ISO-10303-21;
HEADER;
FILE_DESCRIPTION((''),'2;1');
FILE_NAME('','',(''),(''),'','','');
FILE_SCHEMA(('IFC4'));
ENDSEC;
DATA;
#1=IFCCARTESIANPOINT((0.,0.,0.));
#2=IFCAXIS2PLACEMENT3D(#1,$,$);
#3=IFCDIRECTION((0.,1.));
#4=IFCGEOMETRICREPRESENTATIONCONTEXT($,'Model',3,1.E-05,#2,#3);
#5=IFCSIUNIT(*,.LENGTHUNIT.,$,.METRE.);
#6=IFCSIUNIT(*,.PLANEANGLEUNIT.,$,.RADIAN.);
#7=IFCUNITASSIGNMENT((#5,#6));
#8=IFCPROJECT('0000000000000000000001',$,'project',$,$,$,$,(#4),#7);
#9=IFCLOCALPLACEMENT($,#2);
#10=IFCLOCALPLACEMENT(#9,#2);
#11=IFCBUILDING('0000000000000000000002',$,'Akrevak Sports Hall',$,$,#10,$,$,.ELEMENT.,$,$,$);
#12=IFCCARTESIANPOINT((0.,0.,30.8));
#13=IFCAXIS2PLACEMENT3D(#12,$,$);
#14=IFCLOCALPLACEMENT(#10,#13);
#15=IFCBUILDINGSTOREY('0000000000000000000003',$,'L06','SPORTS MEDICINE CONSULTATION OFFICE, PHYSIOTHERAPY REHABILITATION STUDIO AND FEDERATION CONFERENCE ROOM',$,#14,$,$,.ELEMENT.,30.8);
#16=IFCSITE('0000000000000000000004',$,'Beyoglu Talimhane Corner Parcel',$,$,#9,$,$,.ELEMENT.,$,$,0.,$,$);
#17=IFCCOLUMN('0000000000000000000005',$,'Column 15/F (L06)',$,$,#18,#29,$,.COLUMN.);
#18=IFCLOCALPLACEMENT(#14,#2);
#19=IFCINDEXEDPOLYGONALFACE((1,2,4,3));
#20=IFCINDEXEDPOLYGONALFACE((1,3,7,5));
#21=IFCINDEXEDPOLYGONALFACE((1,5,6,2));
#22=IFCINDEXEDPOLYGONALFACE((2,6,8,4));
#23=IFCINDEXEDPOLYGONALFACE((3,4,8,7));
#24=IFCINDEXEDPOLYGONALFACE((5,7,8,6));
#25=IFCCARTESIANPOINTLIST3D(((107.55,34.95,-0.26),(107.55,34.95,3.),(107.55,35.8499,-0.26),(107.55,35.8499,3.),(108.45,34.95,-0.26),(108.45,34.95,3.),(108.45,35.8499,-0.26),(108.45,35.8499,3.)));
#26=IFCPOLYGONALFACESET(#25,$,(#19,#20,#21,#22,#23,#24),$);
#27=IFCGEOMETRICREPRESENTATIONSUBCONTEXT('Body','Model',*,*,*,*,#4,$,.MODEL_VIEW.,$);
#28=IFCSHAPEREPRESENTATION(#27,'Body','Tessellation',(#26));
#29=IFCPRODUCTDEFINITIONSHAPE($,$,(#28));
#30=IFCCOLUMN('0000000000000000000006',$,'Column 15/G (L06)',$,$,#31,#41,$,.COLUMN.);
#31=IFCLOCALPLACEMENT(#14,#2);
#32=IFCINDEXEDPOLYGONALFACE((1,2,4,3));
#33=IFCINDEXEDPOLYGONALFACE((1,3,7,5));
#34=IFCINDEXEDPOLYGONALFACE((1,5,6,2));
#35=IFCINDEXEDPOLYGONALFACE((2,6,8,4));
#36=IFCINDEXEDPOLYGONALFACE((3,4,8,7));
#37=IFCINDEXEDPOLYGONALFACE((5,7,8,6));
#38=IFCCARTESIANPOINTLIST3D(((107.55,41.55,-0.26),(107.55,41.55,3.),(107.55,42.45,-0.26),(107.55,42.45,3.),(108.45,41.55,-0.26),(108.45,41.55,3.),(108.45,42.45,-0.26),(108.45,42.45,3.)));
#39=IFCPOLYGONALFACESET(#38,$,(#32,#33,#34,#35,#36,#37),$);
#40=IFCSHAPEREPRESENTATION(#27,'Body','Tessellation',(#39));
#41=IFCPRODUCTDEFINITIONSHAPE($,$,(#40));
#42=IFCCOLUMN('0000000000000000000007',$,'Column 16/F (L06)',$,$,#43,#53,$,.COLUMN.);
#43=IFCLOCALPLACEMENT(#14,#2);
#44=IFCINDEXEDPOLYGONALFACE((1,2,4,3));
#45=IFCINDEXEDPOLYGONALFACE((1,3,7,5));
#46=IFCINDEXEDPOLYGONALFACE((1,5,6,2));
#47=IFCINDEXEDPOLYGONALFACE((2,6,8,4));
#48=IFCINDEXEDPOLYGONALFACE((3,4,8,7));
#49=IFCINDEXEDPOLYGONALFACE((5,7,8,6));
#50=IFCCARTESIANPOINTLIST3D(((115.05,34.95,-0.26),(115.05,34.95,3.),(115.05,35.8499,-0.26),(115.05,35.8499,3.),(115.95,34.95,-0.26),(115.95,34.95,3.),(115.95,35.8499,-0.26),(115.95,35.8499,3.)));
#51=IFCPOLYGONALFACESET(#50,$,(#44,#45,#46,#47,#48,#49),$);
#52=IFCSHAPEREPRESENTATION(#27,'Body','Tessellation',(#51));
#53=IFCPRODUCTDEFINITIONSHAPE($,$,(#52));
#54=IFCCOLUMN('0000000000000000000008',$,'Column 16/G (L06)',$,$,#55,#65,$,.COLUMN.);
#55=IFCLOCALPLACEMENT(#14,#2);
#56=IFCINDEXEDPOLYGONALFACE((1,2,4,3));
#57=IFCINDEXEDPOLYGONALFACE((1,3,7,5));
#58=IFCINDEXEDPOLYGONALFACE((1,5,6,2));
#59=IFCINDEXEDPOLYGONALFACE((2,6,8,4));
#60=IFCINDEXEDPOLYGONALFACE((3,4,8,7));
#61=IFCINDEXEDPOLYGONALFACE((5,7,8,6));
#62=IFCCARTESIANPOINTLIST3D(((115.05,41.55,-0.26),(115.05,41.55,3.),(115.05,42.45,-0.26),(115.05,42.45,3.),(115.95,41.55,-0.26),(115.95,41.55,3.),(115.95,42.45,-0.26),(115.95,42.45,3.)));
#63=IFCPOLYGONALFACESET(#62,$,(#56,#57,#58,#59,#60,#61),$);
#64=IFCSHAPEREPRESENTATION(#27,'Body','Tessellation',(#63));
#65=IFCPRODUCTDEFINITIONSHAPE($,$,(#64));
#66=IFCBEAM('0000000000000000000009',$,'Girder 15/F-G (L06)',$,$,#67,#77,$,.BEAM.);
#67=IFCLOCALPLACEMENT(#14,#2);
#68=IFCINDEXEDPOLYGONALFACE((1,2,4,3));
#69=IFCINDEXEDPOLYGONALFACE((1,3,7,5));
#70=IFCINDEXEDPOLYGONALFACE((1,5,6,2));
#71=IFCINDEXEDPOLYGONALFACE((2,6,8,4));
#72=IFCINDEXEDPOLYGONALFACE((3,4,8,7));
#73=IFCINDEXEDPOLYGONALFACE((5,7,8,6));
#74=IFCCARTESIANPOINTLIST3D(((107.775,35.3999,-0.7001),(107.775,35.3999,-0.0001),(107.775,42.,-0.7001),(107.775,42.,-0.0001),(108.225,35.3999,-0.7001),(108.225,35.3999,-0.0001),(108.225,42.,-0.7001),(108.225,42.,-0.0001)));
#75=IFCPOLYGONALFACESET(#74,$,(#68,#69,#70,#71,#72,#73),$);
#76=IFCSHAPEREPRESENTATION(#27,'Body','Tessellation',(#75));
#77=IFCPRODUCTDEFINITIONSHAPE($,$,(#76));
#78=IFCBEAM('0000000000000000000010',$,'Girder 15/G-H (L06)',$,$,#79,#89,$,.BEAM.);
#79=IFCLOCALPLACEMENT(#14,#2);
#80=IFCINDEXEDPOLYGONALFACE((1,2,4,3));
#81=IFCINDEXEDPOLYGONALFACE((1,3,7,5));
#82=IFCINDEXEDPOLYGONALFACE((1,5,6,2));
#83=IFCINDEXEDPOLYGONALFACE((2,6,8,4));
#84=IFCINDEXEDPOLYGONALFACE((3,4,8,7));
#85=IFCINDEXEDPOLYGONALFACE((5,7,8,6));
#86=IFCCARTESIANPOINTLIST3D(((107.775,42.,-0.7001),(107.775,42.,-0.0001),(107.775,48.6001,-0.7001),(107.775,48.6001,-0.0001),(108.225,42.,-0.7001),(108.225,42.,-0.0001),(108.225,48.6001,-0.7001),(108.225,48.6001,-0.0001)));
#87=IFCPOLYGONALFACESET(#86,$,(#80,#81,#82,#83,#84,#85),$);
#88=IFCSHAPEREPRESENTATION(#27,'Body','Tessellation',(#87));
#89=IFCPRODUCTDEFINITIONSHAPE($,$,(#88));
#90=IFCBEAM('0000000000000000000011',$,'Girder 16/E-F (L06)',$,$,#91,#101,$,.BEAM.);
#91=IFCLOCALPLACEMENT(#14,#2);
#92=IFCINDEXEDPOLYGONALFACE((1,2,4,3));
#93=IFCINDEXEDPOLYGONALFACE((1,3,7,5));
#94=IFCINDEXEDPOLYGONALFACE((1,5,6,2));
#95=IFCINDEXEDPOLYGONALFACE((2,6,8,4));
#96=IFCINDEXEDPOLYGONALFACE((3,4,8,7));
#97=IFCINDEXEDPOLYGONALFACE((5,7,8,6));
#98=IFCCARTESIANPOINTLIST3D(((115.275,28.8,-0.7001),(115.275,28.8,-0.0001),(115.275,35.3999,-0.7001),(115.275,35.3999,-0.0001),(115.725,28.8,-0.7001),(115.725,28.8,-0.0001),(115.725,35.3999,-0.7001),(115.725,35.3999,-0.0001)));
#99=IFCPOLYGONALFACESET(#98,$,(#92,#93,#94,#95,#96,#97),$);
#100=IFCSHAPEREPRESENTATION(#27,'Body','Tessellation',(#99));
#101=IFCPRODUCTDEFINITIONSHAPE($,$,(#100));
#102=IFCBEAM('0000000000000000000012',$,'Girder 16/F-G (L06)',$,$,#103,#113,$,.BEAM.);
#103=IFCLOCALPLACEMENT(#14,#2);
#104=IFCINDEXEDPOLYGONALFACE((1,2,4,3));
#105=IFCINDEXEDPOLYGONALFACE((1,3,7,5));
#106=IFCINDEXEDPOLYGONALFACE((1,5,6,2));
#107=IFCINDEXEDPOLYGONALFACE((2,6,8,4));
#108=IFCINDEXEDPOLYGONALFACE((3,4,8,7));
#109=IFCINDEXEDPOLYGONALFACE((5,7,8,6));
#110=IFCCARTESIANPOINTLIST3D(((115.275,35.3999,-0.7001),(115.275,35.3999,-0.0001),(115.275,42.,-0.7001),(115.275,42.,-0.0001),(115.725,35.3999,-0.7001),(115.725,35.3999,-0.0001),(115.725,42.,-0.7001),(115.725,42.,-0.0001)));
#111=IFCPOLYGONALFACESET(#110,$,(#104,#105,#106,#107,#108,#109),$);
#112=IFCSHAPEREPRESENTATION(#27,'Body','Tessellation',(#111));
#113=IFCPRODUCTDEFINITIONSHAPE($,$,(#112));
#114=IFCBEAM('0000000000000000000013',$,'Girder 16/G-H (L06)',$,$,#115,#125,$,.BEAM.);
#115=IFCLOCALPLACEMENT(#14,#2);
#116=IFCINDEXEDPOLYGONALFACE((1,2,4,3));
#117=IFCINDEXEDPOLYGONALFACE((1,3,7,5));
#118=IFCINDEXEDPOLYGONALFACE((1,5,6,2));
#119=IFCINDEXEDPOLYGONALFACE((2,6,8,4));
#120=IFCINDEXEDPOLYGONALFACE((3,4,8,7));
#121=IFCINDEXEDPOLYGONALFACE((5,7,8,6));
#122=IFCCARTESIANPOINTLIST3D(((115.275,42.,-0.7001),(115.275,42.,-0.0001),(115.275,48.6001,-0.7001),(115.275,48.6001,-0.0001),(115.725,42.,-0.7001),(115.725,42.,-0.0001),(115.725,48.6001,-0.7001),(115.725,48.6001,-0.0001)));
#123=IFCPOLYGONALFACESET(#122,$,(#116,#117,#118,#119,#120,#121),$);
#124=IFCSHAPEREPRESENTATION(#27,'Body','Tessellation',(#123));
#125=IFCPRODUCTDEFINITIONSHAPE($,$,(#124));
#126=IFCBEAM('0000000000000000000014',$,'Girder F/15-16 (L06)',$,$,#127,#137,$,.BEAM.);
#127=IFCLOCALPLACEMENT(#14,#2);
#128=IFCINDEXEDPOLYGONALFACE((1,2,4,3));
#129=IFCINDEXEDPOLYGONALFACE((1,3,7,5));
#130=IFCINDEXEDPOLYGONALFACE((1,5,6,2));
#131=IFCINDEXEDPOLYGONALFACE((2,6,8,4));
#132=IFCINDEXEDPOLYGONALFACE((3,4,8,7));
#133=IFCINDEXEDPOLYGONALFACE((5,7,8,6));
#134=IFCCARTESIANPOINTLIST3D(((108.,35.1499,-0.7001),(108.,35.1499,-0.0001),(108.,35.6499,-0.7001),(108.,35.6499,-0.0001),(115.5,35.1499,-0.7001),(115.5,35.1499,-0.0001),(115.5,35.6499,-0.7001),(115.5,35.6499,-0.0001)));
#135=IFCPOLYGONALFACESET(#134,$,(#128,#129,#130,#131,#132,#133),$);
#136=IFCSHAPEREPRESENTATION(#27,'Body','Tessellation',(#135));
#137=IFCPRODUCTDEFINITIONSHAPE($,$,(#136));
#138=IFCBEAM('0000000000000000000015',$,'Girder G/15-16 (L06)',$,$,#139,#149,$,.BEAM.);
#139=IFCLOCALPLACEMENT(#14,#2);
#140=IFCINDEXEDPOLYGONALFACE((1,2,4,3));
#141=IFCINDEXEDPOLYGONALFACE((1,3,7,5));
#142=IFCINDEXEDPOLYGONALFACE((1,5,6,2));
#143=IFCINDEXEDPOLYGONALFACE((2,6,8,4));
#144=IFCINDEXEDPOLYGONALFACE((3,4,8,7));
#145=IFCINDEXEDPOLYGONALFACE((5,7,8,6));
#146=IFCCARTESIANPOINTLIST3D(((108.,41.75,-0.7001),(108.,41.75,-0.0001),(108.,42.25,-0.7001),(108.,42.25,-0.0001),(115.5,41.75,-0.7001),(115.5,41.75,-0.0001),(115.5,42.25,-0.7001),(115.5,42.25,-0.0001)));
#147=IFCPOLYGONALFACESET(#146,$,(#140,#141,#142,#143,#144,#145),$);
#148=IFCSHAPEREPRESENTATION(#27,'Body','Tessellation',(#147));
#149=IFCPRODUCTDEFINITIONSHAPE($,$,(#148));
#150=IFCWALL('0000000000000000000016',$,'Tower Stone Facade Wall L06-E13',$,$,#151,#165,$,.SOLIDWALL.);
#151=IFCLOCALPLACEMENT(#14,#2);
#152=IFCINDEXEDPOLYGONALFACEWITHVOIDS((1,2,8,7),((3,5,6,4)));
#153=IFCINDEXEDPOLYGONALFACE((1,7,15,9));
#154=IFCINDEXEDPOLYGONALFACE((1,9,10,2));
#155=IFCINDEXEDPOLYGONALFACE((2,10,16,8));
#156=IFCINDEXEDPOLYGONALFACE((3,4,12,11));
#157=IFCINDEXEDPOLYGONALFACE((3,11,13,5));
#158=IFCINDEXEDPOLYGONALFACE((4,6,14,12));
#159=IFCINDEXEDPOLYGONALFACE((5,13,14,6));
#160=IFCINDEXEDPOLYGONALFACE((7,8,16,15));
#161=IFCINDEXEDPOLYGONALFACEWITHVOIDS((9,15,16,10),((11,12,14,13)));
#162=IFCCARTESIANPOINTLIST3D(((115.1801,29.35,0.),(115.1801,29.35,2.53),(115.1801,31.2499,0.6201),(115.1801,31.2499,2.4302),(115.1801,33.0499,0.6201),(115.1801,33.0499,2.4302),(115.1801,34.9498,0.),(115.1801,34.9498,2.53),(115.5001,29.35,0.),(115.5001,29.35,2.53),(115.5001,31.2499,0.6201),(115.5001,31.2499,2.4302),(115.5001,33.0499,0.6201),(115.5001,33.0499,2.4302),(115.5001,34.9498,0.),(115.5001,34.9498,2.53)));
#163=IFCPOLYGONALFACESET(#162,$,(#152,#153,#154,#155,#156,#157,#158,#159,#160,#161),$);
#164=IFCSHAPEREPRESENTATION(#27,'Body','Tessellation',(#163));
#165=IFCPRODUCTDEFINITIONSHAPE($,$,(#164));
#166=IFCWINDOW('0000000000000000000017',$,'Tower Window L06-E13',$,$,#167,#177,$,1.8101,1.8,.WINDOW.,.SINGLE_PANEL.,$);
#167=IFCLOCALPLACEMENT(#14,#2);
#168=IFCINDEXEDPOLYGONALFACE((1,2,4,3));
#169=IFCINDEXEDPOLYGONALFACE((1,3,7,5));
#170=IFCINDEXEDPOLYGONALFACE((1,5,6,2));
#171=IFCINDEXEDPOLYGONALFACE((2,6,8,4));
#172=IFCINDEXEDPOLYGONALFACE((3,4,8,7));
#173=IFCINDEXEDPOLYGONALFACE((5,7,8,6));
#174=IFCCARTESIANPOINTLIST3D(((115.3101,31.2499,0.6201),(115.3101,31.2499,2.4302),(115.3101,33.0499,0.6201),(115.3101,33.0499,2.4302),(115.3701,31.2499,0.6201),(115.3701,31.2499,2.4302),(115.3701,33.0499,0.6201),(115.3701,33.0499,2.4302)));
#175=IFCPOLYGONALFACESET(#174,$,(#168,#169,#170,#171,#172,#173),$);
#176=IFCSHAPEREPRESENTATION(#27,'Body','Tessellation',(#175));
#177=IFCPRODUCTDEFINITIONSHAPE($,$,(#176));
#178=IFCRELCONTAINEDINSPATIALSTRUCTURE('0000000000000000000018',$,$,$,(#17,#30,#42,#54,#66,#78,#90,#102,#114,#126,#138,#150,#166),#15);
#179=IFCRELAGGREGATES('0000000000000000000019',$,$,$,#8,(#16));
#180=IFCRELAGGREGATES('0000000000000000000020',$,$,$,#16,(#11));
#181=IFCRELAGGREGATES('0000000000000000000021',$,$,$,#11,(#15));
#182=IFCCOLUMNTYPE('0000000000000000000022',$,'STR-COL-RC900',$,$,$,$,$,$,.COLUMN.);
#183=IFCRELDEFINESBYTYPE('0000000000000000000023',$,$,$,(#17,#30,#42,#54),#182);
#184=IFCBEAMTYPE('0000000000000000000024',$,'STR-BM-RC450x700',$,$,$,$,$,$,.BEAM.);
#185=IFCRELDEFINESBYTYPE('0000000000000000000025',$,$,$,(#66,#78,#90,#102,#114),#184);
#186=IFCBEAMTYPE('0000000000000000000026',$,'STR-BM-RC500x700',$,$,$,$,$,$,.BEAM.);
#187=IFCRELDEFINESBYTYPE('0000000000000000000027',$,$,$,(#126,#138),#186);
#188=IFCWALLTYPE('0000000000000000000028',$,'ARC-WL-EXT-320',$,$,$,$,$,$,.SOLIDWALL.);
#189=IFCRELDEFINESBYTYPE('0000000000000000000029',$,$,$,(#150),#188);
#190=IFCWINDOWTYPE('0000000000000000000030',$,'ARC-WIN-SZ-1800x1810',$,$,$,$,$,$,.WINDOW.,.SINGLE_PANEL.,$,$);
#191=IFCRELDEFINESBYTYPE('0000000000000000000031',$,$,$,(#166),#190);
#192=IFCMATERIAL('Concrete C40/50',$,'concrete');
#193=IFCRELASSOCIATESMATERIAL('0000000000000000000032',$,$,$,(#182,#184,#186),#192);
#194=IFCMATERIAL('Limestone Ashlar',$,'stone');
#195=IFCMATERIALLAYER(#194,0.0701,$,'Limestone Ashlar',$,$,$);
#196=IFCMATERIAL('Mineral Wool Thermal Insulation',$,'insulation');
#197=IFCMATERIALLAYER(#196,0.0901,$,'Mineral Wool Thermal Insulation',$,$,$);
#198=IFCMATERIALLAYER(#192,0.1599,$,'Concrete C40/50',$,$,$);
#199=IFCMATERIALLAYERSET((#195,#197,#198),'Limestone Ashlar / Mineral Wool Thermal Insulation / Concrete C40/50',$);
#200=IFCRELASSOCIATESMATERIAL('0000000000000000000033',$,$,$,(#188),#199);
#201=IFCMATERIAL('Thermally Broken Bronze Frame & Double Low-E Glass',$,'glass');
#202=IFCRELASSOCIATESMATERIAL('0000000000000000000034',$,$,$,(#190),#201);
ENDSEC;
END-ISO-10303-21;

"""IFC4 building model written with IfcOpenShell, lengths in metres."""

from ifc_helpers import new_model, si_unit, direction, frame, frame_2d, origin, origin_2d, place, context, subcontext, project, spatial, rectangle, extrude, material, layer, layer_set, material_profile, profile_set, type_object, element, fill, save


model = new_model("IFC4")

# Units and contexts
model_context = context("Model", 3, precision=1e-05, world=origin(), true_north=direction((0.0, 1.0)))
body_context = subcontext(model_context, "Body", "Model", "MODEL_VIEW")
ifc_project = project(units=[si_unit("LENGTHUNIT", "METRE"), si_unit("PLANEANGLEUNIT", "RADIAN")], contexts=[model_context])

# Site, building, storey
site_placement = place(None, origin())
site = spatial("IfcSite", under=ifc_project, at=site_placement, Name="Beyoglu Talimhane Corner Parcel", CompositionType="ELEMENT", RefElevation=0.0)
building_placement = place(site_placement, origin())
building = spatial("IfcBuilding", under=site, at=building_placement, Name="Akrevak Sports Hall", CompositionType="ELEMENT")
storey_placement = place(building_placement, frame((0.0, 0.0, 30.8)))
storey = spatial("IfcBuildingStorey", under=building, at=storey_placement, Name="L06", Description="SPORTS MEDICINE CONSULTATION OFFICE, PHYSIOTHERAPY REHABILITATION STUDIO AND FEDERATION CONFERENCE ROOM", CompositionType="ELEMENT", Elevation=30.8)

# Columns
ifc_material_1 = material(Name="Concrete C40/50", Category="concrete")
ifc_material_profile_1 = material_profile(ifc_material_1, rectangle(XDim=0.8999, YDim=0.8999, at=origin_2d()), Name="RC 900x900", Category="concrete")
ifc_profile_set_1 = profile_set([ifc_material_profile_1], Name="Concrete C40/50")
column_type = type_object("IfcColumnType", Name="STR-COL-RC900", PredefinedType="COLUMN", material=ifc_profile_set_1)
for number, where, z_axis, x_axis, name in (
    (1, (108.0, 35.3999, -0.26), (0.0, 0.0, 1.0), (1.0, 0.0, 0.0), "Column 15/F (L06)"),
    (2, (108.0, 42.0, -0.26), (0.0, 0.0, 1.0), (1.0, 0.0, 0.0), "Column 15/G (L06)"),
    (3, (115.5, 35.3999, -0.26), (0.0, 0.0, 1.0), (1.0, 0.0, 0.0), "Column 16/F (L06)"),
    (4, (115.5, 42.0, -0.26), (0.0, 0.0, 1.0), (1.0, 0.0, 0.0), "Column 16/G (L06)"),
):
    element("IfcColumn", number, at=place(storey_placement, frame(where, z_axis=z_axis, x_axis=x_axis)), inside=storey, type_object=column_type, Name=name, PredefinedType="COLUMN", context=body_context, shape_type="SweptSolid", body=[
        extrude(rectangle(XDim=0.8999, YDim=0.8999, at=origin_2d()), origin(), (0.0, 0.0, 1.0), 3.26),
    ])

# Beams
ifc_material_profile_2 = material_profile(ifc_material_1, rectangle(XDim=0.45, YDim=0.7, at=origin_2d()), Name="BM 450x700", Category="concrete")
ifc_profile_set_2 = profile_set([ifc_material_profile_2], Name="Concrete C40/50")
beam_type_1 = type_object("IfcBeamType", Name="STR-BM-RC450x700", PredefinedType="BEAM", material=ifc_profile_set_2)
for number, where, z_axis, x_axis, name in (
    (5, (108.0, 35.3999, -0.3501), (0.0, 1.0, 0.0), (-1.0, 0.0, 0.0), "Girder 15/F-G (L06)"),
    (6, (108.0, 42.0, -0.3501), (0.0, 1.0, 0.0), (-1.0, 0.0, 0.0), "Girder 15/G-H (L06)"),
):
    element("IfcBeam", number, at=place(storey_placement, frame(where, z_axis=z_axis, x_axis=x_axis)), inside=storey, type_object=beam_type_1, Name=name, PredefinedType="BEAM", context=body_context, shape_type="SweptSolid", body=[
        extrude(rectangle(XDim=0.45, YDim=0.7, at=origin_2d()), origin(), (0.0, 0.0, 1.0), 6.6001),
    ])
beam_placement = place(storey_placement, frame((115.5, 28.8, -0.3501), z_axis=(0.0, 1.0, 0.0), x_axis=(-1.0, 0.0, 0.0)))
element("IfcBeam", 7, at=beam_placement, inside=storey, type_object=beam_type_1, Name="Girder 16/E-F (L06)", PredefinedType="BEAM", context=body_context, shape_type="SweptSolid", body=[
    extrude(rectangle(XDim=0.45, YDim=0.7, at=origin_2d()), origin(), (0.0, 0.0, 1.0), 6.5999),
])
for number, where, z_axis, x_axis, name in (
    (8, (115.5, 35.3999, -0.3501), (0.0, 1.0, 0.0), (-1.0, 0.0, 0.0), "Girder 16/F-G (L06)"),
    (9, (115.5, 42.0, -0.3501), (0.0, 1.0, 0.0), (-1.0, 0.0, 0.0), "Girder 16/G-H (L06)"),
):
    element("IfcBeam", number, at=place(storey_placement, frame(where, z_axis=z_axis, x_axis=x_axis)), inside=storey, type_object=beam_type_1, Name=name, PredefinedType="BEAM", context=body_context, shape_type="SweptSolid", body=[
        extrude(rectangle(XDim=0.45, YDim=0.7, at=origin_2d()), origin(), (0.0, 0.0, 1.0), 6.6001),
    ])
ifc_material_profile_3 = material_profile(ifc_material_1, rectangle(XDim=0.5, YDim=0.7, at=origin_2d()), Name="BM 500x700", Category="concrete")
ifc_profile_set_3 = profile_set([ifc_material_profile_3], Name="Concrete C40/50")
beam_type_2 = type_object("IfcBeamType", Name="STR-BM-RC500x700", PredefinedType="BEAM", material=ifc_profile_set_3)
for number, where, z_axis, x_axis, name in (
    (10, (108.0, 35.3999, -0.3501), (1.0, 0.0, 0.0), (0.0, 1.0, 0.0), "Girder F/15-16 (L06)"),
    (11, (108.0, 42.0, -0.3501), (1.0, 0.0, 0.0), (0.0, 1.0, 0.0), "Girder G/15-16 (L06)"),
):
    element("IfcBeam", number, at=place(storey_placement, frame(where, z_axis=z_axis, x_axis=x_axis)), inside=storey, type_object=beam_type_2, Name=name, PredefinedType="BEAM", context=body_context, shape_type="SweptSolid", body=[
        extrude(rectangle(XDim=0.5, YDim=0.7, at=origin_2d()), origin(), (0.0, 0.0, 1.0), 7.5),
    ])

# Wall, opening, window
ifc_material_2 = material(Name="Limestone Ashlar", Category="stone")
ifc_layer_1 = layer(ifc_material_2, 0.0701, Name="Limestone Ashlar")
ifc_material_3 = material(Name="Mineral Wool Thermal Insulation", Category="insulation")
ifc_layer_2 = layer(ifc_material_3, 0.0901, Name="Mineral Wool Thermal Insulation")
ifc_layer_3 = layer(ifc_material_1, 0.1599, Name="Concrete C40/50")
ifc_layer_set_1 = layer_set([ifc_layer_1, ifc_layer_2, ifc_layer_3], Name="Limestone Ashlar / Mineral Wool Thermal Insulation / Concrete C40/50")
wall_type_1 = type_object("IfcWallType", Name="ARC-WL-EXT-320", PredefinedType="SOLIDWALL", material=ifc_layer_set_1)
wall_1_placement = place(storey_placement, frame((115.3401, 29.3501, 0.0), z_axis=(0.0, 0.0, 1.0), x_axis=(0.0, 1.0, 0.0)))
wall_1 = element("IfcWall", 12, at=wall_1_placement, inside=storey, type_object=wall_type_1, Name="Tower Stone Facade Wall L06-E13", PredefinedType="SOLIDWALL", context=body_context, shape_type="SweptSolid", body=[
    extrude(rectangle(XDim=5.5999, YDim=0.3201, at=frame_2d((2.7998, 0.0))), origin(), (0.0, 0.0, 1.0), 2.53),
])
opening_1_placement = place(wall_1_placement, frame((1.8999, 0.0, 0.6201)))
opening_1 = element("IfcOpeningElement", 13, at=opening_1_placement, cuts=wall_1, PredefinedType="OPENING", context=body_context, shape_type="SweptSolid", body=[
    extrude(rectangle(XDim=1.8, YDim=1.8101, at=frame_2d((0.8999, 0.905))), frame((0.0, 0.1719, 0.0), z_axis=(0.0, -1.0, 0.0), x_axis=(1.0, 0.0, 0.0)), (0.0, 0.0, 1.0), 0.344),
])
ifc_material_4 = material(Name="Thermally Broken Bronze Frame & Double Low-E Glass", Category="glass")
window_type_1 = type_object("IfcWindowType", Name="ARC-WIN-SZ-1800x1810", PartitioningType="SINGLE_PANEL", PredefinedType="WINDOW", material=ifc_material_4)
window_1_placement = place(opening_1_placement, origin())
window_1 = element("IfcWindow", 14, at=window_1_placement, inside=storey, type_object=window_type_1, Name="Tower Window L06-E13", OverallHeight=1.8101, OverallWidth=1.8, PartitioningType="SINGLE_PANEL", PredefinedType="WINDOW", context=body_context, shape_type="SweptSolid", body=[
    extrude(rectangle(XDim=1.8, YDim=1.8101, at=frame_2d((0.8999, 0.905))), frame((0.0, 0.03, 0.0), z_axis=(0.0, -1.0, 0.0), x_axis=(1.0, 0.0, 0.0)), (0.0, 0.0, 1.0), 0.0601),
])
fill(opening_1, window_1)

save(model, "model.ifc")
